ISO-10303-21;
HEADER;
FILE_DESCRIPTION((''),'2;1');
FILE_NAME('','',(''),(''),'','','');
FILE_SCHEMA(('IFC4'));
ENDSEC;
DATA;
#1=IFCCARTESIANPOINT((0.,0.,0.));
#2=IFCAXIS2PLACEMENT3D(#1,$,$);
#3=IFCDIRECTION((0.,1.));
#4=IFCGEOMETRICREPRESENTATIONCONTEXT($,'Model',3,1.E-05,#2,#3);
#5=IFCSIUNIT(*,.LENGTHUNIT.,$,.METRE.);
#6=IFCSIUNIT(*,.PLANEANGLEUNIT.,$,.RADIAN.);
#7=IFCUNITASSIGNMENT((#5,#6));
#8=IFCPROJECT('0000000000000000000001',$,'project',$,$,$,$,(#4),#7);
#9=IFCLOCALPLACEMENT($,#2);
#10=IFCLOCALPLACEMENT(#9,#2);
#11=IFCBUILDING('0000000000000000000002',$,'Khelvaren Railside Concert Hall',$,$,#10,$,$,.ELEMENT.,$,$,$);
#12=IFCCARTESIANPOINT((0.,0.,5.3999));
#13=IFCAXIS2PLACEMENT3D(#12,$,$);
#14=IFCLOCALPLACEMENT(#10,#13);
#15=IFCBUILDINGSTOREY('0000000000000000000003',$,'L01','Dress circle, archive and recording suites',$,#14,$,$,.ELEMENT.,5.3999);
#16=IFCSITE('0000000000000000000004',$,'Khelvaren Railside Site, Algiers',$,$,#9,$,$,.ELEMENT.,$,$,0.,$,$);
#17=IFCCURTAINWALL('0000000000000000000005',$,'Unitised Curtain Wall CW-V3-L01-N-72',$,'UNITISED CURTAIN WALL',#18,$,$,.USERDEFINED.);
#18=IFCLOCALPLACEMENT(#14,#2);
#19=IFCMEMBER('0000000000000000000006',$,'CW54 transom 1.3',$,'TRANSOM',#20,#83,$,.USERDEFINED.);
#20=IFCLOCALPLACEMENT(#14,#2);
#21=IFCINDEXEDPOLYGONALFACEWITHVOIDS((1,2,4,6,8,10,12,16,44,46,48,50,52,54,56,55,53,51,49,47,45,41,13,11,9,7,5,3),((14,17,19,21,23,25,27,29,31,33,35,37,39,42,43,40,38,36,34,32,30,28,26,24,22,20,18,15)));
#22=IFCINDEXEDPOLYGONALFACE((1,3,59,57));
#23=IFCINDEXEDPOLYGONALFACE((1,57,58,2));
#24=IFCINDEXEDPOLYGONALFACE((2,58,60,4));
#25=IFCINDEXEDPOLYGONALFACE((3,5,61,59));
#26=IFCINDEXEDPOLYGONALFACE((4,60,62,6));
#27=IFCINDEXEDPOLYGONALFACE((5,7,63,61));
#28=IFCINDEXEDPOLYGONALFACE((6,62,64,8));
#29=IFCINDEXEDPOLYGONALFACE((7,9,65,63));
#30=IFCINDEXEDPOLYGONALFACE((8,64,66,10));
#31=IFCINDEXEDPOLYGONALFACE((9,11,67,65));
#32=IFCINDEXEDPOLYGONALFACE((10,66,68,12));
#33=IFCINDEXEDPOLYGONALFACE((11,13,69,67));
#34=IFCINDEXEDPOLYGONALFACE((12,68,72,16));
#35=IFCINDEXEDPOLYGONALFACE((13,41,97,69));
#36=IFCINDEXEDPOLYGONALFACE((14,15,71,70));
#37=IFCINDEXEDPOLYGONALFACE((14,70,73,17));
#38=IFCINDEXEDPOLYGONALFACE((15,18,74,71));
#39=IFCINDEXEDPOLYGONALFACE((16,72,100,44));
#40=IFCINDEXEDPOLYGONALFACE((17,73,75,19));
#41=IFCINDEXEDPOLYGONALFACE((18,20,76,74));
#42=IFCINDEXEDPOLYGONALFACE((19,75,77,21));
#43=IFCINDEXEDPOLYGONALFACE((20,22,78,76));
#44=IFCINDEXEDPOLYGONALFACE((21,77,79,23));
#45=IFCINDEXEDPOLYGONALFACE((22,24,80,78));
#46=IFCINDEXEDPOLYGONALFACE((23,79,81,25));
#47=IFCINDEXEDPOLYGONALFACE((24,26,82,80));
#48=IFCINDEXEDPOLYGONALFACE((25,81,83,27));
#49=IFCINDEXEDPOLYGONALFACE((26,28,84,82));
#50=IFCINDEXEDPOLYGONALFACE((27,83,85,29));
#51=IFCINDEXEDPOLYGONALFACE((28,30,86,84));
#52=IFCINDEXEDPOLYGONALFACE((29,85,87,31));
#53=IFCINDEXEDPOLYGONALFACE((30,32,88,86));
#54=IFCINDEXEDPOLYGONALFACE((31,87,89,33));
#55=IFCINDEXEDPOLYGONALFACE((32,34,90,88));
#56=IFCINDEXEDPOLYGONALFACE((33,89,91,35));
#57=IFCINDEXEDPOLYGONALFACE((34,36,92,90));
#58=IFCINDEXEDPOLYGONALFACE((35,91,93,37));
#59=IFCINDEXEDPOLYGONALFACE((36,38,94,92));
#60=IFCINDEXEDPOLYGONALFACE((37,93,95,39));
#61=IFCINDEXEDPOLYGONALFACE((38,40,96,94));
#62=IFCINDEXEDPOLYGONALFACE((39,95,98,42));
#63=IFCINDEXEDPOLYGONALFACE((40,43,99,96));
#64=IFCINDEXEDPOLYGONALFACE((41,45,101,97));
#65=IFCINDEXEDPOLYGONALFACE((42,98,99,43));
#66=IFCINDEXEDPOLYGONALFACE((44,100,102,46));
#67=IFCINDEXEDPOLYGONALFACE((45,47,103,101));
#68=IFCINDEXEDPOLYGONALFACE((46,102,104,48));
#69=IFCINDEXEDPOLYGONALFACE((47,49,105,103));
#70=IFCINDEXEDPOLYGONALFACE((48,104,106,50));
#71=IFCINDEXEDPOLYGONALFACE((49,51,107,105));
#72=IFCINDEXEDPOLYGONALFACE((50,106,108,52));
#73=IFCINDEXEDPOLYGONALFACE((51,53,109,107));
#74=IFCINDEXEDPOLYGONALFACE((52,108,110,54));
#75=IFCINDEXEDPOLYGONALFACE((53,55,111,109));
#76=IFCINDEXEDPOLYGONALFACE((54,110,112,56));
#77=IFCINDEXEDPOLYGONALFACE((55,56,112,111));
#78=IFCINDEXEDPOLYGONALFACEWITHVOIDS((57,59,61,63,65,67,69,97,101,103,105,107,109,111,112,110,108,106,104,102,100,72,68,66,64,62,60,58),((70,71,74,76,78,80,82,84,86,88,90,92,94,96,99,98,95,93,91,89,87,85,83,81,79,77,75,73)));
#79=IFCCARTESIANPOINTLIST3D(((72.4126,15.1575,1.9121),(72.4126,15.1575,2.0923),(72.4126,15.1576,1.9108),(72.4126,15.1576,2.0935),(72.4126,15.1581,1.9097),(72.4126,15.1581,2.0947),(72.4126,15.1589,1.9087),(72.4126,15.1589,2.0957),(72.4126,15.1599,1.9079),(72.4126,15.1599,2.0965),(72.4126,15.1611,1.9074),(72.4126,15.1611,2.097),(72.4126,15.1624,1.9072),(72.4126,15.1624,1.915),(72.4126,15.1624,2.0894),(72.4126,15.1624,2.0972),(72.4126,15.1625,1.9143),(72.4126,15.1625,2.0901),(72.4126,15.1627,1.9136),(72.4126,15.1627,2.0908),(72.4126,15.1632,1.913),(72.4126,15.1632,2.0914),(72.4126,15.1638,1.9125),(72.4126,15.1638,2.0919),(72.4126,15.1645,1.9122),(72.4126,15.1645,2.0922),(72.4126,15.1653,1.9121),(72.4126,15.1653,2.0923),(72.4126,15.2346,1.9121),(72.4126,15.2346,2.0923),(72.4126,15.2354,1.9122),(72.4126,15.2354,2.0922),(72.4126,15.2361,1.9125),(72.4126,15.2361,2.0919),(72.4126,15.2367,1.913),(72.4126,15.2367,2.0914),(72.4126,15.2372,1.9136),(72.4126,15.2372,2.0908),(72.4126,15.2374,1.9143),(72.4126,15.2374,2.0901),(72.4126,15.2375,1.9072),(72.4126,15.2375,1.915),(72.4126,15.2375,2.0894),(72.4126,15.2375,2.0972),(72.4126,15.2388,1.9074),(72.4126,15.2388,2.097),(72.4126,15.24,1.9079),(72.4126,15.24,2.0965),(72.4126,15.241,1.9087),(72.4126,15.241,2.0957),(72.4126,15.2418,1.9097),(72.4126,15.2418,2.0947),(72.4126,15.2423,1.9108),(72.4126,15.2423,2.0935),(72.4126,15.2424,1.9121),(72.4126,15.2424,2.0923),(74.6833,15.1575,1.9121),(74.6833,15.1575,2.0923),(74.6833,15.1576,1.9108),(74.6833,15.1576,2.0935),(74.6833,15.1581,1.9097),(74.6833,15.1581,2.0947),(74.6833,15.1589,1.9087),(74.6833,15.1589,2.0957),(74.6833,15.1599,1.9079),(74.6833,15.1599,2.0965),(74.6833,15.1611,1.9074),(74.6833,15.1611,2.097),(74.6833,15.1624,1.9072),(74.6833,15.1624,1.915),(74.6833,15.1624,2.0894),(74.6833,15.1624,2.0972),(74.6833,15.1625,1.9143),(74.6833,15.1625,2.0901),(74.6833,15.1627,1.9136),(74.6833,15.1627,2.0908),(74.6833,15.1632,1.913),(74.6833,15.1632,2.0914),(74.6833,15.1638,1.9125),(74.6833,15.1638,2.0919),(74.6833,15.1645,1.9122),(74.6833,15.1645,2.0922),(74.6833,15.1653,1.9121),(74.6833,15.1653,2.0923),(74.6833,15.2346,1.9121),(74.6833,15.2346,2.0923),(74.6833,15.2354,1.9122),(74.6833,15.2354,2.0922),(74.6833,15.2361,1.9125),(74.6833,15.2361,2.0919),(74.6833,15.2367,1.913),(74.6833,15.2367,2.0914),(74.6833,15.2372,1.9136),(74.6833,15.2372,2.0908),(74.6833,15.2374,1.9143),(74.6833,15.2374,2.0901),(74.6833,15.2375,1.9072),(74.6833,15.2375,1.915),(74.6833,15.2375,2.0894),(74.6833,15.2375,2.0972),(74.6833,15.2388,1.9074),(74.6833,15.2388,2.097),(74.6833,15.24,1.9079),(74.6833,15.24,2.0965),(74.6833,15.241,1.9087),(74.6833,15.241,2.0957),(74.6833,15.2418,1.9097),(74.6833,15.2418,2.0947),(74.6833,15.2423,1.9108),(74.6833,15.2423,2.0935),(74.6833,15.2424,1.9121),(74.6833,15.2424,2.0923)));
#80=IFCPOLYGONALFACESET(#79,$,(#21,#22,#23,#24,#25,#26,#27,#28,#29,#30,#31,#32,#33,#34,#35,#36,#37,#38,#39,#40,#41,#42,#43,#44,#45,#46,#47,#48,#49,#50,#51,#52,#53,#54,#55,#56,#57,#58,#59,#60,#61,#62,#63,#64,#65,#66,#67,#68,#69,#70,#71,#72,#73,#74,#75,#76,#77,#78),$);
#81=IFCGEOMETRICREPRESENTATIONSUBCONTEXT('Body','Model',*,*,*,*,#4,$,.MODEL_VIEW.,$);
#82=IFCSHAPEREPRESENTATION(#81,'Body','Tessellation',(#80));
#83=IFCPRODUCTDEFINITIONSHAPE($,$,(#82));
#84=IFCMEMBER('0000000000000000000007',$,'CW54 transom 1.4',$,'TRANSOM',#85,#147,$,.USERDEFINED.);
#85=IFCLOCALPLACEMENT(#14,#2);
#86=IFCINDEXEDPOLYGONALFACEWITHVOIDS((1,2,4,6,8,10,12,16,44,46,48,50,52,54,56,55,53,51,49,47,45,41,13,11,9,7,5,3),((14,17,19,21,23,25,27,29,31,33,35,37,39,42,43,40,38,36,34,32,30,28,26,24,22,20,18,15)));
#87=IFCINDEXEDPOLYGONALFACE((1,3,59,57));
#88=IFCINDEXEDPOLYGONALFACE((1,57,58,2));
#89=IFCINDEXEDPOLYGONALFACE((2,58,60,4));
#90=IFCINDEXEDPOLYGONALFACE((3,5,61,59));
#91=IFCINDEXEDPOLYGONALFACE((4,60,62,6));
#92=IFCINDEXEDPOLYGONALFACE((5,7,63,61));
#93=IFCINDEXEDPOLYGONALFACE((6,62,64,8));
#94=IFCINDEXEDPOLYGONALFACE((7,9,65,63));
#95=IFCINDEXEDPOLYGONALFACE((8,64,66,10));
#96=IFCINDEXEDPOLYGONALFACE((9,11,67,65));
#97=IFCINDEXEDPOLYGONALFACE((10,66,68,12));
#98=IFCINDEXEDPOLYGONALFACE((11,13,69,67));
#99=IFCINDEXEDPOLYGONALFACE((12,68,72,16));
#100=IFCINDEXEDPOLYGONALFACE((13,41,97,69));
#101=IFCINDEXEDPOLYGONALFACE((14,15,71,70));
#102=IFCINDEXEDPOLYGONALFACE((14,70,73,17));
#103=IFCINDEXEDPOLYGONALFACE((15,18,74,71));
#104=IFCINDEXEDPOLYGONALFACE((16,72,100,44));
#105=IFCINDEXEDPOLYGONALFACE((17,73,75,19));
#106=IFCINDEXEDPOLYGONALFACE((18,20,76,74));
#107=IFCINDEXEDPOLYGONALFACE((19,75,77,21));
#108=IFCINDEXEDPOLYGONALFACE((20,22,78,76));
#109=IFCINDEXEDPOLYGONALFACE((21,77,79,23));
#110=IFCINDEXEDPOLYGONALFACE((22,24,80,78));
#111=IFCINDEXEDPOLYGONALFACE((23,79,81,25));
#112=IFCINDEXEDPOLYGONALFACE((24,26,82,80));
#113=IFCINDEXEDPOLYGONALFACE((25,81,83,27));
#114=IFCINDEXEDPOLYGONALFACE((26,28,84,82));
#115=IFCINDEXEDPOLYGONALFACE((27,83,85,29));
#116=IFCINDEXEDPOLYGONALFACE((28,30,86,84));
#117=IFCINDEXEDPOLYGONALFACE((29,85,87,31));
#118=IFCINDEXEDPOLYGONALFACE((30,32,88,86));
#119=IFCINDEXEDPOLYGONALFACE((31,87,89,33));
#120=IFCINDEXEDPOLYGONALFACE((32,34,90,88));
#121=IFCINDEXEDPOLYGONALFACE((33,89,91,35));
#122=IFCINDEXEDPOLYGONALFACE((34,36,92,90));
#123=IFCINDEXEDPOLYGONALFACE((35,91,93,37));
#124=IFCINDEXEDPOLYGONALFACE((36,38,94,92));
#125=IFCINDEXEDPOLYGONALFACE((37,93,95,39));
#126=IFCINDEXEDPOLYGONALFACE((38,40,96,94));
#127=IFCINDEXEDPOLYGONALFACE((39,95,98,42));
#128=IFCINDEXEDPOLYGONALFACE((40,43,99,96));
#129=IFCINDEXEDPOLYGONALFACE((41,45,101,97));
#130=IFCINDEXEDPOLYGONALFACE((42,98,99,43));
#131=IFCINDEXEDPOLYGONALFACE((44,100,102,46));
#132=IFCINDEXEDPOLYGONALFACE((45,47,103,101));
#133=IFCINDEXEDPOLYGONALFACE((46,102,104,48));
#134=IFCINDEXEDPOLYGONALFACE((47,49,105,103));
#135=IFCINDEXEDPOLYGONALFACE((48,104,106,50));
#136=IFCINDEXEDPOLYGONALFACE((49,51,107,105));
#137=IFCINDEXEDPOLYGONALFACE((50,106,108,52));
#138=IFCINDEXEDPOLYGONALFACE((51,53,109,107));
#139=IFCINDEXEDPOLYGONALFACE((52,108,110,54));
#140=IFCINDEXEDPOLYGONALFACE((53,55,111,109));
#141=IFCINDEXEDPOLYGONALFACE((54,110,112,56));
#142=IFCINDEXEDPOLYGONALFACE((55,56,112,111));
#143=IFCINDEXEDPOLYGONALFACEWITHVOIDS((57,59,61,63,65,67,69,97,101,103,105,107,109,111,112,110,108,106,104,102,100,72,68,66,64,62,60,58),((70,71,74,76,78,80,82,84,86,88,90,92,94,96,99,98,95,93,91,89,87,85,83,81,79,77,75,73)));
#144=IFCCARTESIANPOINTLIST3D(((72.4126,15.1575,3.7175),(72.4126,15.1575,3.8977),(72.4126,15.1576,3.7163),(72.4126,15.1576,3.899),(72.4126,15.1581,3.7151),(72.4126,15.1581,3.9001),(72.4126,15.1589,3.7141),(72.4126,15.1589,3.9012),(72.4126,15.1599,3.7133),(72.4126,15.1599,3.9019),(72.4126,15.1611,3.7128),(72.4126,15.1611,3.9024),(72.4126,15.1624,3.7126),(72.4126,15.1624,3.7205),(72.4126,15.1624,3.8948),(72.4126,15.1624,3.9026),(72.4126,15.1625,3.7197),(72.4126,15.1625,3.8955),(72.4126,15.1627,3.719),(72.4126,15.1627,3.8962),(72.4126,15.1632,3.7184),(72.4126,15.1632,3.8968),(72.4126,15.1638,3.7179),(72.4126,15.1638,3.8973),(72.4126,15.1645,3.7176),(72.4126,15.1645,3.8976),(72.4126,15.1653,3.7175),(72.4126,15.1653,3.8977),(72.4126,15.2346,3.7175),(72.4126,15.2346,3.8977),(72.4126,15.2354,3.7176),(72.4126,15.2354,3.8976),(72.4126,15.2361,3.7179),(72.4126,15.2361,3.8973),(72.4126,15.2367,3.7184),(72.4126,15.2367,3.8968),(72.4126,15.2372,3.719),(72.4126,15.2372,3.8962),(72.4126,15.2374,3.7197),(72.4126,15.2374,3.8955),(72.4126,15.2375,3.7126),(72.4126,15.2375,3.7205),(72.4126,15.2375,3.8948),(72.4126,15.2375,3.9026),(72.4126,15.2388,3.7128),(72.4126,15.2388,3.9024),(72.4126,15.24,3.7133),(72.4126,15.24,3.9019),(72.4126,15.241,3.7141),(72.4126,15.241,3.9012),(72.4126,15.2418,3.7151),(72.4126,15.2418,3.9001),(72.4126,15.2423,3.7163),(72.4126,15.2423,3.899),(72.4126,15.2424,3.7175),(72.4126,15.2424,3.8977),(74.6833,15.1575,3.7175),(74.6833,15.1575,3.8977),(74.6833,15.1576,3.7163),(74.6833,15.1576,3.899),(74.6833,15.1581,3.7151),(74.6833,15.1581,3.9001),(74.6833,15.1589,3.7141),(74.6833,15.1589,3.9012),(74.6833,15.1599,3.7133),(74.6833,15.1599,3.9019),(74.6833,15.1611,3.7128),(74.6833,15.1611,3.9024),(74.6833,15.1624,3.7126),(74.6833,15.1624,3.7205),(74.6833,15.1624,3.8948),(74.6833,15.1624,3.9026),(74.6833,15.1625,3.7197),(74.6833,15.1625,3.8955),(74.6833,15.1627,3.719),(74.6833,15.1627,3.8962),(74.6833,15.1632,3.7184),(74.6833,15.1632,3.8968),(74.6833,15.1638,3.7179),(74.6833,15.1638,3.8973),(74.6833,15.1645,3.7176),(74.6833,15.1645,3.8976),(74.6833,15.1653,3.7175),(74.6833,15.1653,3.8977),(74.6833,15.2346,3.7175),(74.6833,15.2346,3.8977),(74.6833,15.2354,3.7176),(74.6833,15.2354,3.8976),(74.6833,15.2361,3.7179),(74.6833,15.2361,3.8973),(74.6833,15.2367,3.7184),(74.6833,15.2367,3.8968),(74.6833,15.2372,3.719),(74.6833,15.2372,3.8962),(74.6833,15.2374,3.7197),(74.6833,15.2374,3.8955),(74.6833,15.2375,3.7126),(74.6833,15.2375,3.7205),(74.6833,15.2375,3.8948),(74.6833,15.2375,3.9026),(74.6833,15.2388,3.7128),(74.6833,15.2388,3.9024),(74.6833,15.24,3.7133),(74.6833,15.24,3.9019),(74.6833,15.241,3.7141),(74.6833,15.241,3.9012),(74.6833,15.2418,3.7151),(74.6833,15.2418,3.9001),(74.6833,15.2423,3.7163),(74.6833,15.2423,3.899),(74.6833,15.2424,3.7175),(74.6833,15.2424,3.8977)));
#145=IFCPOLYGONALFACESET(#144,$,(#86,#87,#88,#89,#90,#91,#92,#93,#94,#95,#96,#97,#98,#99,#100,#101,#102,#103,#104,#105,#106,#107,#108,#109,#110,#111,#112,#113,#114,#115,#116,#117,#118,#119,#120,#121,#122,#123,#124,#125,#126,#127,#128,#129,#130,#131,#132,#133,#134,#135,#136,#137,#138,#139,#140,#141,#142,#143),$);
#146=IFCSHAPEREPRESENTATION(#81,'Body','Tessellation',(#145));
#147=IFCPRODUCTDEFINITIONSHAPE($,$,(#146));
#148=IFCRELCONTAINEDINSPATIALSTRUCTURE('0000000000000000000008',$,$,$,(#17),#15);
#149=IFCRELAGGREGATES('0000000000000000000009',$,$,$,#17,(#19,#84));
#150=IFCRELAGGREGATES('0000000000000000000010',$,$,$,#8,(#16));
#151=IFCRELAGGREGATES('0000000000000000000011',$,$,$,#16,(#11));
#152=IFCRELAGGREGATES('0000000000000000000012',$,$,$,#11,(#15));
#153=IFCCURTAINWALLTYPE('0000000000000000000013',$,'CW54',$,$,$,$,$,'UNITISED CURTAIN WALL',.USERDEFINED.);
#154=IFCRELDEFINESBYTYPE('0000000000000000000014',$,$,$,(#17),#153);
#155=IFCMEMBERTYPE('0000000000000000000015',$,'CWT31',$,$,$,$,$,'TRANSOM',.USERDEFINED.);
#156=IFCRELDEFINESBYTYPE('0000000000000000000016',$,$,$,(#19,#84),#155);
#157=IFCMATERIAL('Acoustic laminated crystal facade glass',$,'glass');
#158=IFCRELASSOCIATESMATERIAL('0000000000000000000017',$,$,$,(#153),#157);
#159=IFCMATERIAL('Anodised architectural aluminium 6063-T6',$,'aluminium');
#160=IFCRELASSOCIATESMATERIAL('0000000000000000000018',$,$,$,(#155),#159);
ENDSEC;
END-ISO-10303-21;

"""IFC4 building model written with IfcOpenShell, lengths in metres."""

from ifc_helpers import new_model, si_unit, direction, frame, origin, origin_2d, place, context, subcontext, project, spatial, hollow_rectangle, extrude, material, material_profile, profile_set, type_object, element, aggregate, save


model = new_model("IFC4")

# Units and contexts
model_context = context("Model", 3, precision=1e-05, world=origin(), true_north=direction((0.0, 1.0)))
body_context = subcontext(model_context, "Body", "Model", "MODEL_VIEW")
ifc_project = project(units=[si_unit("LENGTHUNIT", "METRE"), si_unit("PLANEANGLEUNIT", "RADIAN")], contexts=[model_context])

# Site, building, storey
site_placement = place(None, origin())
site = spatial("IfcSite", under=ifc_project, at=site_placement, Name="Khelvaren Railside Site, Algiers", CompositionType="ELEMENT", RefElevation=0.0)
building_placement = place(site_placement, origin())
building = spatial("IfcBuilding", under=site, at=building_placement, Name="Khelvaren Railside Concert Hall", CompositionType="ELEMENT")
storey_placement = place(building_placement, frame((0.0, 0.0, 5.3999)))
storey = spatial("IfcBuildingStorey", under=building, at=storey_placement, Name="L01", Description="Dress circle, archive and recording suites", CompositionType="ELEMENT", Elevation=5.3999)

# Shared definitions
ifc_material_1 = material(Name="Acoustic laminated crystal facade glass", Category="glass")
ifc_material_2 = material(Name="Anodised architectural aluminium 6063-T6", Category="aluminium")

# Curtain wall, members
curtain_wall_type_1 = type_object("IfcCurtainWallType", Name="CW54", ElementType="UNITISED CURTAIN WALL", PredefinedType="USERDEFINED", material=ifc_material_1)
curtain_wall_1_placement = place(storey_placement, origin())
curtain_wall_1 = element("IfcCurtainWall", 1, at=curtain_wall_1_placement, inside=storey, type_object=curtain_wall_type_1, Name="Unitised Curtain Wall CW-V3-L01-N-72", ObjectType="UNITISED CURTAIN WALL", PredefinedType="USERDEFINED")
ifc_material_profile_1 = material_profile(ifc_material_2, hollow_rectangle(XDim=0.085, YDim=0.1899, WallThickness=0.0049, InnerFilletRadius=0.0029, OuterFilletRadius=0.0049, at=origin_2d()), Name="CWT 85x190x5")
ifc_profile_set_1 = profile_set([ifc_material_profile_1], Name="Anodised architectural aluminium 6063-T6")
member_type_1 = type_object("IfcMemberType", Name="CWT31", ElementType="TRANSOM", PredefinedType="USERDEFINED", material=ifc_profile_set_1)
member_1_placement = place(storey_placement, frame((72.4126, 15.2, 2.0022), z_axis=(1.0, 0.0, 0.0), x_axis=(0.0, 1.0, 0.0)))
member_1 = element("IfcMember", 2, at=member_1_placement, type_object=member_type_1, Name="CW54 transom 1.3", ObjectType="TRANSOM", PredefinedType="USERDEFINED", context=body_context, shape_type="SweptSolid", body=[
    extrude(hollow_rectangle(XDim=0.085, YDim=0.1899, WallThickness=0.0049, InnerFilletRadius=0.0029, OuterFilletRadius=0.0049, at=origin_2d()), origin(), (0.0, 0.0, 1.0), 2.2708),
])
member_2_placement = place(storey_placement, frame((72.4126, 15.2, 3.8076), z_axis=(1.0, 0.0, 0.0), x_axis=(0.0, 1.0, 0.0)))
member_2 = element("IfcMember", 3, at=member_2_placement, type_object=member_type_1, Name="CW54 transom 1.4", ObjectType="TRANSOM", PredefinedType="USERDEFINED", context=body_context, shape_type="SweptSolid", body=[
    extrude(hollow_rectangle(XDim=0.085, YDim=0.1899, WallThickness=0.0049, InnerFilletRadius=0.0029, OuterFilletRadius=0.0049, at=origin_2d()), origin(), (0.0, 0.0, 1.0), 2.2708),
])

aggregate(curtain_wall_1, [member_1, member_2])

save(model, "model.ifc")
